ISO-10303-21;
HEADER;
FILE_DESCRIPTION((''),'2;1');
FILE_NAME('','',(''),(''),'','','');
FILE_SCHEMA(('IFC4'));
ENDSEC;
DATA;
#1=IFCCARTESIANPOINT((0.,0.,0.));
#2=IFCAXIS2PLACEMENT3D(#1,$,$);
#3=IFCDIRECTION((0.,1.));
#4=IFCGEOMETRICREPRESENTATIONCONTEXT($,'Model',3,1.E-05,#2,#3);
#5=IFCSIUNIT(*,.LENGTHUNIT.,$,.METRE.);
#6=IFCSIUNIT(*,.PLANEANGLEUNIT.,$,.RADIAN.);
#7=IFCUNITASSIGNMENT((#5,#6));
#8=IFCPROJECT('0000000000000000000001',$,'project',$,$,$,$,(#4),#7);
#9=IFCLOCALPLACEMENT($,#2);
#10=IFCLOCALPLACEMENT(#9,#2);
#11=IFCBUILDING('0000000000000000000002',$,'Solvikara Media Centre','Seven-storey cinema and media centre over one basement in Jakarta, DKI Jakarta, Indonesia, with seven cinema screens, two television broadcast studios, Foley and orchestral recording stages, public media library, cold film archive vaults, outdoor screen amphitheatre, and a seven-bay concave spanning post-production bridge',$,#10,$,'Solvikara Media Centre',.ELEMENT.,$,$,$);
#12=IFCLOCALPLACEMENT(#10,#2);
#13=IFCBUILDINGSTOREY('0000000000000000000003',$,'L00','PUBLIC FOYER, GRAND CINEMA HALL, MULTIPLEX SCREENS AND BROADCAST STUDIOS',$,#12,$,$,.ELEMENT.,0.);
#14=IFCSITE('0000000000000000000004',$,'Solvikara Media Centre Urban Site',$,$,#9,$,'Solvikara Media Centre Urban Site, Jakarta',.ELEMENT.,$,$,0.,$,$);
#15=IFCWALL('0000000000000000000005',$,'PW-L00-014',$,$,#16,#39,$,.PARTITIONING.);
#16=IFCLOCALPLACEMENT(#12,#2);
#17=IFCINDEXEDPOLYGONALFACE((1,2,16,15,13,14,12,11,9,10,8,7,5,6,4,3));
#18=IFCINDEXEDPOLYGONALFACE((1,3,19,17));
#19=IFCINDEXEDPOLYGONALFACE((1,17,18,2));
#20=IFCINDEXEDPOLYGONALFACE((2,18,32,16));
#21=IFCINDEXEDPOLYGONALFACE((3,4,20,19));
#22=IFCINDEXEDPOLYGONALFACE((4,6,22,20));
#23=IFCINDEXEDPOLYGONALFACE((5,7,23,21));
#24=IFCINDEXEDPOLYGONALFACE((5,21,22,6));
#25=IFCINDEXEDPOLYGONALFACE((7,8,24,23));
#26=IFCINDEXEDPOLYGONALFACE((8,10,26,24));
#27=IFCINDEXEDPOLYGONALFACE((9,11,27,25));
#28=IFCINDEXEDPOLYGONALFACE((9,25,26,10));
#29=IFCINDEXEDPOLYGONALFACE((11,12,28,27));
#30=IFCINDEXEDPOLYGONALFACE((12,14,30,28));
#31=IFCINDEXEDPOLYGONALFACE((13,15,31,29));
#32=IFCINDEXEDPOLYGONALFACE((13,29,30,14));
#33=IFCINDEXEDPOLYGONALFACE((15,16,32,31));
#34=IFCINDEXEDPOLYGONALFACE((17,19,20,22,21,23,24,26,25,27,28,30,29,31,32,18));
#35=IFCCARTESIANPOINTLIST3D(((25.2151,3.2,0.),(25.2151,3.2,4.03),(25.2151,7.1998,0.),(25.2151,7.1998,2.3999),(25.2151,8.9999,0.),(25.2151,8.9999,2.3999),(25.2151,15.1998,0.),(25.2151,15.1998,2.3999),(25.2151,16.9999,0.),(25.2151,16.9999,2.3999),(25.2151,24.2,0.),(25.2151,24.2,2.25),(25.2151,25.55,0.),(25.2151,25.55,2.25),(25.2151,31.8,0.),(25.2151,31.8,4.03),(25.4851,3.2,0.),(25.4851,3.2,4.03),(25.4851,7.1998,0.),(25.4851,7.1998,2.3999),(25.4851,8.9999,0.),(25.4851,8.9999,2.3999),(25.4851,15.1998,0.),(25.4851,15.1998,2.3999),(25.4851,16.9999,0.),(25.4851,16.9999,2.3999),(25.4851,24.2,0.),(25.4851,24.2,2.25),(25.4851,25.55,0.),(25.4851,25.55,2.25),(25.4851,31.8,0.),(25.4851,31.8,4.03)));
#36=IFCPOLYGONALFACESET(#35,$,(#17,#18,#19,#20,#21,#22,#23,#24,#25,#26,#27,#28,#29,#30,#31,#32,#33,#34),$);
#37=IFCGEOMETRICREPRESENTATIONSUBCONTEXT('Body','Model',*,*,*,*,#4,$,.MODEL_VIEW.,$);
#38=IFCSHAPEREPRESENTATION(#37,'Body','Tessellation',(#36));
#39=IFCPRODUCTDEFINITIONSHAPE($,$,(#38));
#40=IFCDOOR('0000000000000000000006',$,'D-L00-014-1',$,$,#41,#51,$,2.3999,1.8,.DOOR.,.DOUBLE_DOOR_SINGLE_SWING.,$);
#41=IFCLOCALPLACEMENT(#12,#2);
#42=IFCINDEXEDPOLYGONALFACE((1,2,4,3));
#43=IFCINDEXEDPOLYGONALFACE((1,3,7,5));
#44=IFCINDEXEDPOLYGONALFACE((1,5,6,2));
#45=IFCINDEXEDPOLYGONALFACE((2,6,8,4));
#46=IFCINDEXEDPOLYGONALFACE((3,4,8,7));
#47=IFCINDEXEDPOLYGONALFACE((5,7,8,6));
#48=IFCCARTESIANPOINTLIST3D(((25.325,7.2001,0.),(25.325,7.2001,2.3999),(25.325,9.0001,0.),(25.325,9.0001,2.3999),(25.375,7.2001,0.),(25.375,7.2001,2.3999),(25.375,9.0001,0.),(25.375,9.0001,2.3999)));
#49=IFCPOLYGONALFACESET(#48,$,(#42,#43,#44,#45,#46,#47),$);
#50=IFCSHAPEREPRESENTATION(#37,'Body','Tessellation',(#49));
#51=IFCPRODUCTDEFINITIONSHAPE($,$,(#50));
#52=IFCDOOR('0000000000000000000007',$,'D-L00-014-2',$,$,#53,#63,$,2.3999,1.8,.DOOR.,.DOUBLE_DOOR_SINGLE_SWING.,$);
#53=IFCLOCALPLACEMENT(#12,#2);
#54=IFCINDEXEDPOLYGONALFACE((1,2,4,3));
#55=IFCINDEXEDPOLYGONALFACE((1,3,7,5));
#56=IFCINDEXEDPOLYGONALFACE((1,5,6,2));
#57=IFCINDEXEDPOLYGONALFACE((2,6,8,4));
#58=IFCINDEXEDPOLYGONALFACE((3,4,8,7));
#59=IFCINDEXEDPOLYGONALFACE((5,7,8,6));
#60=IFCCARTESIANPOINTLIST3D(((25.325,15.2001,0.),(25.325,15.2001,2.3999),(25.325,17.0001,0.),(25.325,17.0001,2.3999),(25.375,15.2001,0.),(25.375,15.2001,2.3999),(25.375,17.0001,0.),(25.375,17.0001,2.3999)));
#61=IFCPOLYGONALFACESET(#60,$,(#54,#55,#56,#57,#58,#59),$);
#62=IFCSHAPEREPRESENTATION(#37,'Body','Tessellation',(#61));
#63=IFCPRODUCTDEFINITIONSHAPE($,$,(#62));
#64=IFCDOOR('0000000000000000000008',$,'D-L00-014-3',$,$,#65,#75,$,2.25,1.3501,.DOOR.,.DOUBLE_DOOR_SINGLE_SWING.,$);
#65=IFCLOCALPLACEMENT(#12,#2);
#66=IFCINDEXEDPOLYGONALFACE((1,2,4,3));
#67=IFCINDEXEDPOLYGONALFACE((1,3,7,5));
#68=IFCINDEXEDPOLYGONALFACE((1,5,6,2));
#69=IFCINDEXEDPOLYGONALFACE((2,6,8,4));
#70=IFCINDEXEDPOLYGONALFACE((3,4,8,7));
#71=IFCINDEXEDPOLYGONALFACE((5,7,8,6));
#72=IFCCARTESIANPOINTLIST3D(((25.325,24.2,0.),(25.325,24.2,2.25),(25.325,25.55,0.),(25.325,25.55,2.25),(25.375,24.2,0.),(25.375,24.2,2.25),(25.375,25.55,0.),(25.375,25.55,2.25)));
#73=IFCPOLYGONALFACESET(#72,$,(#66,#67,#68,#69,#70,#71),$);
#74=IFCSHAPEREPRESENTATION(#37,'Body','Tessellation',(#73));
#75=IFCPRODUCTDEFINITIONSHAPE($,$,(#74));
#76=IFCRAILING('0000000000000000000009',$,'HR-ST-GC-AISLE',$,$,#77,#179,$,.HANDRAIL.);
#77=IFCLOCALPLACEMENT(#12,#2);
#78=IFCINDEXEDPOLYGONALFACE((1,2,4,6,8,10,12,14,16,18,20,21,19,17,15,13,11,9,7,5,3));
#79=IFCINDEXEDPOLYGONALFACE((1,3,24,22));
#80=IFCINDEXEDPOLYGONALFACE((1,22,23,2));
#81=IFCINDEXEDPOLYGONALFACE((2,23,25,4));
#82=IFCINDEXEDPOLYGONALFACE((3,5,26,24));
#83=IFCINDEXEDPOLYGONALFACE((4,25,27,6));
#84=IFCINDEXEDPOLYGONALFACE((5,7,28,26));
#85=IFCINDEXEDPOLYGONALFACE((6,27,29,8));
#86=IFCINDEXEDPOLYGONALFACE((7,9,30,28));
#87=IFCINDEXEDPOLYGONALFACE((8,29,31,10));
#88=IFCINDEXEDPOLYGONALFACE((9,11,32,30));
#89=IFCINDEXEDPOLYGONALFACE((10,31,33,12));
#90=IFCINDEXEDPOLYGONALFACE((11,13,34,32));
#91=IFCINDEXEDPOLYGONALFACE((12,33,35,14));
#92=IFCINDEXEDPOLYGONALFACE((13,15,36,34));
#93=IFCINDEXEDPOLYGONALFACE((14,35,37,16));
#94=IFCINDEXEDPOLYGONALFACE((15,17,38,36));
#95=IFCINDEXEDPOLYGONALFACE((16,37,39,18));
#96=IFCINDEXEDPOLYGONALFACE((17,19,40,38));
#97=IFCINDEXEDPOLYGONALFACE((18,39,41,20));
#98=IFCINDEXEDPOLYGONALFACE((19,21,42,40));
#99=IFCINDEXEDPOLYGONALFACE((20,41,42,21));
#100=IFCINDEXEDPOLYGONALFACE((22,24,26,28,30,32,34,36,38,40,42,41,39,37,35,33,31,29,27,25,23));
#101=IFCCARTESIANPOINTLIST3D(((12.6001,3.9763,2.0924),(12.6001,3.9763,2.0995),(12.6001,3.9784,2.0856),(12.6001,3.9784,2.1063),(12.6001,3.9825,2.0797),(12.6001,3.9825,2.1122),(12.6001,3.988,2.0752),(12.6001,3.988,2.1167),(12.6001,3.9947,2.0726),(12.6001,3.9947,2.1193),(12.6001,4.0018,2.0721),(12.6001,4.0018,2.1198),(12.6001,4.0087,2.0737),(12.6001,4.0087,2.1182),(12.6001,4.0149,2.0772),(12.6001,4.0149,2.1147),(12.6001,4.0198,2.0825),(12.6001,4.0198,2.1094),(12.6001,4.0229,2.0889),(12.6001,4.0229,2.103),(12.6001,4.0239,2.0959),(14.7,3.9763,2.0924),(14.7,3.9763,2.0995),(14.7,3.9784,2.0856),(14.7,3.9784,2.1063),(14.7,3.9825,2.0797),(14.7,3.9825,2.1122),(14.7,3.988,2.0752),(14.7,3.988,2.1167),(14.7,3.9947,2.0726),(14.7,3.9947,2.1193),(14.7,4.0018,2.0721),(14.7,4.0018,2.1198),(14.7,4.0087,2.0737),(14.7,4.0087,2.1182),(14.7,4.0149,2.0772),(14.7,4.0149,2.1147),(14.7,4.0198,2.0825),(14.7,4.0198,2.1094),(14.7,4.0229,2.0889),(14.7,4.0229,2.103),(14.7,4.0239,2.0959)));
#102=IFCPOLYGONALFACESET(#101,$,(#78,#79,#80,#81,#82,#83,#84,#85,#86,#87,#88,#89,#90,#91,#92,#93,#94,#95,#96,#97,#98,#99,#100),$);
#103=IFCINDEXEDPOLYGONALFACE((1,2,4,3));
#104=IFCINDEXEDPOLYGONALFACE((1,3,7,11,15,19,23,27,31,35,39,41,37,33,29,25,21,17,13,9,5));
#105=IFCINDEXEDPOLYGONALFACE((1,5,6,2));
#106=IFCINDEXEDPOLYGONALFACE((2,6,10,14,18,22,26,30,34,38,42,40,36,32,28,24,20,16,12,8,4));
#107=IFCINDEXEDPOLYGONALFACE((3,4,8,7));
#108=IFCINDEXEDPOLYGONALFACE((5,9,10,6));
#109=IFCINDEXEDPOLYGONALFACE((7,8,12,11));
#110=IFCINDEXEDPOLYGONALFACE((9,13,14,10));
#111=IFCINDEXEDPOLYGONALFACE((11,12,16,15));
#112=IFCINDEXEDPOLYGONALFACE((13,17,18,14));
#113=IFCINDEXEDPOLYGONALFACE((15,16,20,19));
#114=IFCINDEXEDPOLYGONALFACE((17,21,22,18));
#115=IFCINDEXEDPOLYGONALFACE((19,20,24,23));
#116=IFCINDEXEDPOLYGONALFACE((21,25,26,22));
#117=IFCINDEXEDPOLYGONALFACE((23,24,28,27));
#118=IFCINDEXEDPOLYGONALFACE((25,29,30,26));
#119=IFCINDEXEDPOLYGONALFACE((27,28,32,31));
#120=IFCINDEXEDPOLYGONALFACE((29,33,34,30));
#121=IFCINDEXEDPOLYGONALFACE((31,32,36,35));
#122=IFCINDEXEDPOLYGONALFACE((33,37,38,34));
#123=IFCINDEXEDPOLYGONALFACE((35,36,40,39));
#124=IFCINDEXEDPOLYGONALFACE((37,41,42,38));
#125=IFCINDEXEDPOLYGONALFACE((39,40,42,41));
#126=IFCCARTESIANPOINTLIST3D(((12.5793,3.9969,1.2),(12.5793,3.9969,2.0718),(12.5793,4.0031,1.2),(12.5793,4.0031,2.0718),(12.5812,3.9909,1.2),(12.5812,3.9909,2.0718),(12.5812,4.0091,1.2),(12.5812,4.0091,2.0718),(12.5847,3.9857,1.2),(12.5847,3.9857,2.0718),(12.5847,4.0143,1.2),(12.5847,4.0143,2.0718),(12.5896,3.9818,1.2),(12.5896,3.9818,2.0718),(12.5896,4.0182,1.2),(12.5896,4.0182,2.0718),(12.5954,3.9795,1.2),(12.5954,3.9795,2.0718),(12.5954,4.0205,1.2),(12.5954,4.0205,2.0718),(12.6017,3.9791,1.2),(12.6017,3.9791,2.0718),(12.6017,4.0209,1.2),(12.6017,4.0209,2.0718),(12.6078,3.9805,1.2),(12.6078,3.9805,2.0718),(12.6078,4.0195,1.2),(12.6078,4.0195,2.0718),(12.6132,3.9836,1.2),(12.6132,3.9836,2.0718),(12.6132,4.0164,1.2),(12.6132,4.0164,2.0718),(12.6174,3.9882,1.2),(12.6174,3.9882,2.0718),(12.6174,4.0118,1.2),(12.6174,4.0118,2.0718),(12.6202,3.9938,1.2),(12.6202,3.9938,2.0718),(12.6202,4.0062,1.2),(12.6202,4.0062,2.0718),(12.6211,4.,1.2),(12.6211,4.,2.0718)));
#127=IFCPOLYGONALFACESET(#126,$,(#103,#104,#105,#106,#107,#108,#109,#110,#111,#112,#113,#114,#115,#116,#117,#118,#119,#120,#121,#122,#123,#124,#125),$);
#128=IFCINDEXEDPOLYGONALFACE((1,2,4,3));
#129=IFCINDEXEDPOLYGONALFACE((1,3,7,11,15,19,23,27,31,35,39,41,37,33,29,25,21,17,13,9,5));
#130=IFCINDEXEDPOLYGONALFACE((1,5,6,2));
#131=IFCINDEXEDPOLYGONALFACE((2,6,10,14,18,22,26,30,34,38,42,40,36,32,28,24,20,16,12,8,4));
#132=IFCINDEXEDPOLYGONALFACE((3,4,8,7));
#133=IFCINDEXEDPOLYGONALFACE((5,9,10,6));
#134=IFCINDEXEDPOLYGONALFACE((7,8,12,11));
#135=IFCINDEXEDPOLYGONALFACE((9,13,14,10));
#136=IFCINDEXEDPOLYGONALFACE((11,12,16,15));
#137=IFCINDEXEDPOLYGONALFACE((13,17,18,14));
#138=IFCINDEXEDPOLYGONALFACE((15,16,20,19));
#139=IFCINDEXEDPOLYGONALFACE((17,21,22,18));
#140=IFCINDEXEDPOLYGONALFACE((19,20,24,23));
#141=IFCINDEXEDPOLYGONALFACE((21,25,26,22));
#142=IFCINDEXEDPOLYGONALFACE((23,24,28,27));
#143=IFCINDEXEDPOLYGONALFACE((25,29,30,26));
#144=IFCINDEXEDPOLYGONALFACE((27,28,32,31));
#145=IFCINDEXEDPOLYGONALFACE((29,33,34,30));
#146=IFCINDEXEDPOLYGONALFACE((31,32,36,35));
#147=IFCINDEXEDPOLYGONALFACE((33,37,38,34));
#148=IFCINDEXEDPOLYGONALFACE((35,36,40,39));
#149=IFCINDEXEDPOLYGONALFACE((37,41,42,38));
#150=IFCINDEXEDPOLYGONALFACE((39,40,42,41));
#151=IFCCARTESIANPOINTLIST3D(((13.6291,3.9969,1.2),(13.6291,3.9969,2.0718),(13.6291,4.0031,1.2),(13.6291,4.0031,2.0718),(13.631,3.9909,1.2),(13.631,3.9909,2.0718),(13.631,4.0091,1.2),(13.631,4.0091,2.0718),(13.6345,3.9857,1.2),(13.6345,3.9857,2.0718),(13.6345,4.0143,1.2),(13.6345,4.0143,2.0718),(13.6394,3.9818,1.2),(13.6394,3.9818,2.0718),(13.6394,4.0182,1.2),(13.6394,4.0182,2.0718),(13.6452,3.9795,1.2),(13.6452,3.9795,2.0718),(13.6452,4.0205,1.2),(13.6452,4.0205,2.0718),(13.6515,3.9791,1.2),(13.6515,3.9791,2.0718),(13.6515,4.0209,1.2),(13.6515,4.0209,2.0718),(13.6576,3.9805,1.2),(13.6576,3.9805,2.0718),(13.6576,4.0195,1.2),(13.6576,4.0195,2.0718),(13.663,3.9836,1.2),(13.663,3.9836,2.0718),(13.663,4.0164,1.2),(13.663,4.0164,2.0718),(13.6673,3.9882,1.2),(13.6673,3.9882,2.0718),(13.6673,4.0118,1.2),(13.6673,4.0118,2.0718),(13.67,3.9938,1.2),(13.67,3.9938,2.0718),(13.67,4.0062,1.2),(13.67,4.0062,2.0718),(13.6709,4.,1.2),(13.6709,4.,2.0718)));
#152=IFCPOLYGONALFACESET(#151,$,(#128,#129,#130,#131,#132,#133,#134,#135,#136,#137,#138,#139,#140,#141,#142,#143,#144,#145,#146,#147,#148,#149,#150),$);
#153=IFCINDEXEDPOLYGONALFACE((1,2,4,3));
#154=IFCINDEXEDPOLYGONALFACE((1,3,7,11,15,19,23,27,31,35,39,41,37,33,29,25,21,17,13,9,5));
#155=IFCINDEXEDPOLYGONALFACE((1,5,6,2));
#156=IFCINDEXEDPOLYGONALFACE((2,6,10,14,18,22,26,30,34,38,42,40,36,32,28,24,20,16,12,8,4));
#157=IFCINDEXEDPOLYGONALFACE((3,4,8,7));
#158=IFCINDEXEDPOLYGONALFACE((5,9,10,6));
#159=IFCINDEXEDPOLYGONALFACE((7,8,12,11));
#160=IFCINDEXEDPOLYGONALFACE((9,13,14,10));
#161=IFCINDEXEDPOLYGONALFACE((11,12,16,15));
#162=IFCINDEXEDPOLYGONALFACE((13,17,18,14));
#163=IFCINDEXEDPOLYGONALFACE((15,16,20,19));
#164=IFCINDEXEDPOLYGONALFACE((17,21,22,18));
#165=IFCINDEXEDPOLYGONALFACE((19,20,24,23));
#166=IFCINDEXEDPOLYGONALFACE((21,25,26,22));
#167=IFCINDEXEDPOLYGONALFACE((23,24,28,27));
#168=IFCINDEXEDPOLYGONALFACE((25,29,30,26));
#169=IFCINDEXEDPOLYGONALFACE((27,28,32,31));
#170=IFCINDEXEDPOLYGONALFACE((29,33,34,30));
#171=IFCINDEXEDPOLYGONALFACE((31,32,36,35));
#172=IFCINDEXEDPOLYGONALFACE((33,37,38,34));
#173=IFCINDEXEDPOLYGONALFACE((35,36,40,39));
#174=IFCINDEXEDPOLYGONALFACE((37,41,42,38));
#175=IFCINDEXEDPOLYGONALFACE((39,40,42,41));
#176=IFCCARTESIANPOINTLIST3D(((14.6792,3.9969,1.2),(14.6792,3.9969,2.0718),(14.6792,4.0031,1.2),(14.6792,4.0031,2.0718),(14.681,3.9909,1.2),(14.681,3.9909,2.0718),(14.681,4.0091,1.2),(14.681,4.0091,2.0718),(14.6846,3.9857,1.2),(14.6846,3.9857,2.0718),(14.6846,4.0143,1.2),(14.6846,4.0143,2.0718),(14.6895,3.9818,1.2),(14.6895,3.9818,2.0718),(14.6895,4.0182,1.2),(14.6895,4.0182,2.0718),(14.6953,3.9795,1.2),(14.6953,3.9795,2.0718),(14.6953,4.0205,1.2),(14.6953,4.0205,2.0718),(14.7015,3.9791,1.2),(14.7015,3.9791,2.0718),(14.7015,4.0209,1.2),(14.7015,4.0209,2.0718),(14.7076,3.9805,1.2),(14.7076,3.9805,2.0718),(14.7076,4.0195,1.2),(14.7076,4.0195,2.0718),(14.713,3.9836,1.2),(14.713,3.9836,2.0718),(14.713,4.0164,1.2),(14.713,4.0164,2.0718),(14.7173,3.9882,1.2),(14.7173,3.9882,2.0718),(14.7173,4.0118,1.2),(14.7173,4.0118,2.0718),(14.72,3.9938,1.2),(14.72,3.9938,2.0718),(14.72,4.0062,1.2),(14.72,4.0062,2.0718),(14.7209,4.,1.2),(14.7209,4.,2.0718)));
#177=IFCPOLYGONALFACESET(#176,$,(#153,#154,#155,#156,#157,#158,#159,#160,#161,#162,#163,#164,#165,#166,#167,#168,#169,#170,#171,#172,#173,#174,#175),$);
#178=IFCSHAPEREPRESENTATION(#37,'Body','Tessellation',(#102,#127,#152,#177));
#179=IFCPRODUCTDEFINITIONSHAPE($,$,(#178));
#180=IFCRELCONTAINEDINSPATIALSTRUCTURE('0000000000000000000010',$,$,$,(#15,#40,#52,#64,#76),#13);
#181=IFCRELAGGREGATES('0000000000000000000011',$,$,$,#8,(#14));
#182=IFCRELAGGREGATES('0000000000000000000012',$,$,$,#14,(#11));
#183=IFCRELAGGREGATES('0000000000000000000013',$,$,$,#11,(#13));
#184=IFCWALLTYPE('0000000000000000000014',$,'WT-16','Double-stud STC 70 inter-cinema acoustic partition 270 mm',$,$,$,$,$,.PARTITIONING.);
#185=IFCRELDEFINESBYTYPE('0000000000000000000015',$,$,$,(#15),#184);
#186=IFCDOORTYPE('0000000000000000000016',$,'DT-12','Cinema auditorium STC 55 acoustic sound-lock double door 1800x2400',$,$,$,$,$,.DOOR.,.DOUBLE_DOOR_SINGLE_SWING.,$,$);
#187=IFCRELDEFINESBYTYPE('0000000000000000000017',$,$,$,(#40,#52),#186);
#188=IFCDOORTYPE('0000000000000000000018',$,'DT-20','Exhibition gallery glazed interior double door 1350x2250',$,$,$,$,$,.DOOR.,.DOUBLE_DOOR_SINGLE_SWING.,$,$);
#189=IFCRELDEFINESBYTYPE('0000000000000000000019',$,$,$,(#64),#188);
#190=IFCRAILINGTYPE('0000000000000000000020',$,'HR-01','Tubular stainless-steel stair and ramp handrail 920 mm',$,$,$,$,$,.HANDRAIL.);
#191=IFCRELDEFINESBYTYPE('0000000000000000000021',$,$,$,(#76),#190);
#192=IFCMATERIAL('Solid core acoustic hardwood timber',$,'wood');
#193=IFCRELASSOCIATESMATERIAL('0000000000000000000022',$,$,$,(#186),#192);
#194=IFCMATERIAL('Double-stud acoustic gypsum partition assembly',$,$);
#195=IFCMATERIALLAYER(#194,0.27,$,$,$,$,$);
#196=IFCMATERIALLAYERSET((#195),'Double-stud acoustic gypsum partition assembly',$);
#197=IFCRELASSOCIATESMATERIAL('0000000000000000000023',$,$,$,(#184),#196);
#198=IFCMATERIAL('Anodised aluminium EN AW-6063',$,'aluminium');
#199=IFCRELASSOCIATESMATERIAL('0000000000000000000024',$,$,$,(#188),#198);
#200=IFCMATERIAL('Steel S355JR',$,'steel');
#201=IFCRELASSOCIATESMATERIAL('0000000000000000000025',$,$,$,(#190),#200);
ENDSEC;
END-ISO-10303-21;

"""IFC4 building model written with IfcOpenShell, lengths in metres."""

from ifc_helpers import new_model, si_unit, direction, frame, frame_2d, origin, origin_2d, place, context, subcontext, project, spatial, rectangle, circle, extrude, material, layer, layer_set, type_object, element, fill, save


model = new_model("IFC4")

# Units and contexts
model_context = context("Model", 3, precision=1e-05, world=origin(), true_north=direction((0.0, 1.0)))
body_context = subcontext(model_context, "Body", "Model", "MODEL_VIEW")
ifc_project = project(units=[si_unit("LENGTHUNIT", "METRE"), si_unit("PLANEANGLEUNIT", "RADIAN")], contexts=[model_context])

# Site, building, storey
site_placement = place(None, origin())
site = spatial("IfcSite", under=ifc_project, at=site_placement, Name="Solvikara Media Centre Urban Site", LongName="Solvikara Media Centre Urban Site, Jakarta", CompositionType="ELEMENT", RefElevation=0.0)
building_placement = place(site_placement, origin())
building = spatial("IfcBuilding", under=site, at=building_placement, Name="Solvikara Media Centre", Description="Seven-storey cinema and media centre over one basement in Jakarta, DKI Jakarta, Indonesia, with seven cinema screens, two television broadcast studios, Foley and orchestral recording stages, public media library, cold film archive vaults, outdoor screen amphitheatre, and a seven-bay concave spanning post-production bridge", LongName="Solvikara Media Centre", CompositionType="ELEMENT")
storey_placement = place(building_placement, origin())
storey = spatial("IfcBuildingStorey", under=building, at=storey_placement, Name="L00", Description="PUBLIC FOYER, GRAND CINEMA HALL, MULTIPLEX SCREENS AND BROADCAST STUDIOS", CompositionType="ELEMENT", Elevation=0.0)

# Shared definitions
ifc_material_1 = material(Name="Steel S355JR", Category="steel")

# Shared definitions
ifc_material_2 = material(Name="Solid core acoustic hardwood timber", Category="wood")
door_type_1 = type_object("IfcDoorType", Name="DT-12", Description="Cinema auditorium STC 55 acoustic sound-lock double door 1800x2400", OperationType="DOUBLE_DOOR_SINGLE_SWING", PredefinedType="DOOR", material=ifc_material_2)

# Wall, openings, doors
ifc_material_3 = material(Name="Double-stud acoustic gypsum partition assembly")
ifc_layer_1 = layer(ifc_material_3, 0.27)
ifc_layer_set_1 = layer_set([ifc_layer_1], Name="Double-stud acoustic gypsum partition assembly")
wall_type_1 = type_object("IfcWallType", Name="WT-16", Description="Double-stud STC 70 inter-cinema acoustic partition 270 mm", PredefinedType="PARTITIONING", material=ifc_layer_set_1)
wall_1_placement = place(storey_placement, frame((25.3501, 3.2, 0.0), z_axis=(0.0, 0.0, 1.0), x_axis=(0.0, 1.0, 0.0)))
wall_1 = element("IfcWall", 1, at=wall_1_placement, inside=storey, type_object=wall_type_1, Name="PW-L00-014", PredefinedType="PARTITIONING", context=body_context, shape_type="SweptSolid", body=[
    extrude(rectangle(XDim=28.6001, YDim=0.27, at=frame_2d((14.3, 0.0))), origin(), (0.0, 0.0, 1.0), 4.03),
])
opening_1_placement = place(wall_1_placement, frame((4.0, 0.0, 0.0)))
opening_1 = element("IfcOpeningElement", 2, at=opening_1_placement, cuts=wall_1, PredefinedType="OPENING", context=body_context, shape_type="SweptSolid", body=[
    extrude(rectangle(XDim=1.8, YDim=2.3999, at=frame_2d((0.8999, 1.2))), frame((0.0, 0.147, 0.0), z_axis=(0.0, -1.0, 0.0), x_axis=(1.0, 0.0, 0.0)), (0.0, 0.0, 1.0), 0.2939),
])
opening_2_placement = place(wall_1_placement, frame((12.0, 0.0, 0.0)))
opening_2 = element("IfcOpeningElement", 3, at=opening_2_placement, cuts=wall_1, PredefinedType="OPENING", context=body_context, shape_type="SweptSolid", body=[
    extrude(rectangle(XDim=1.8, YDim=2.3999, at=frame_2d((0.8999, 1.2))), frame((0.0, 0.147, 0.0), z_axis=(0.0, -1.0, 0.0), x_axis=(1.0, 0.0, 0.0)), (0.0, 0.0, 1.0), 0.2939),
])
opening_3_placement = place(wall_1_placement, frame((21.0, 0.0, 0.0)))
opening_3 = element("IfcOpeningElement", 4, at=opening_3_placement, cuts=wall_1, PredefinedType="OPENING", context=body_context, shape_type="SweptSolid", body=[
    extrude(rectangle(XDim=1.3501, YDim=2.25, at=frame_2d((0.675, 1.125))), frame((0.0, 0.147, 0.0), z_axis=(0.0, -1.0, 0.0), x_axis=(1.0, 0.0, 0.0)), (0.0, 0.0, 1.0), 0.2939),
])
door_1_placement = place(opening_1_placement, frame((1.8, 0.0, 0.0), z_axis=(0.0, 0.0, 1.0), x_axis=(-1.0, 0.0, 0.0)))
door_1 = element("IfcDoor", 5, at=door_1_placement, inside=storey, type_object=door_type_1, Name="D-L00-014-1", OperationType="DOUBLE_DOOR_SINGLE_SWING", OverallHeight=2.3999, OverallWidth=1.8, PredefinedType="DOOR", context=body_context, shape_type="SweptSolid", body=[
    extrude(rectangle(XDim=1.8, YDim=2.3999, at=frame_2d((0.8999, 1.2))), frame((0.0, 0.0249, 0.0), z_axis=(0.0, -1.0, 0.0), x_axis=(1.0, 0.0, 0.0)), (0.0, 0.0, 1.0), 0.05),
])
fill(opening_1, door_1)
door_2_placement = place(opening_2_placement, frame((1.8, 0.0, 0.0), z_axis=(0.0, 0.0, 1.0), x_axis=(-1.0, 0.0, 0.0)))
door_2 = element("IfcDoor", 6, at=door_2_placement, inside=storey, type_object=door_type_1, Name="D-L00-014-2", OperationType="DOUBLE_DOOR_SINGLE_SWING", OverallHeight=2.3999, OverallWidth=1.8, PredefinedType="DOOR", context=body_context, shape_type="SweptSolid", body=[
    extrude(rectangle(XDim=1.8, YDim=2.3999, at=frame_2d((0.8999, 1.2))), frame((0.0, 0.0249, 0.0), z_axis=(0.0, -1.0, 0.0), x_axis=(1.0, 0.0, 0.0)), (0.0, 0.0, 1.0), 0.05),
])
fill(opening_2, door_2)
ifc_material_4 = material(Name="Anodised aluminium EN AW-6063", Category="aluminium")
door_type_2 = type_object("IfcDoorType", Name="DT-20", Description="Exhibition gallery glazed interior double door 1350x2250", OperationType="DOUBLE_DOOR_SINGLE_SWING", PredefinedType="DOOR", material=ifc_material_4)
door_3_placement = place(opening_3_placement, frame((1.3501, 0.0, 0.0), z_axis=(0.0, 0.0, 1.0), x_axis=(-1.0, 0.0, 0.0)))
door_3 = element("IfcDoor", 7, at=door_3_placement, inside=storey, type_object=door_type_2, Name="D-L00-014-3", OperationType="DOUBLE_DOOR_SINGLE_SWING", OverallHeight=2.25, OverallWidth=1.3501, PredefinedType="DOOR", context=body_context, shape_type="SweptSolid", body=[
    extrude(rectangle(XDim=1.3501, YDim=2.25, at=frame_2d((0.675, 1.125))), frame((0.0, 0.0249, 0.0), z_axis=(0.0, -1.0, 0.0), x_axis=(1.0, 0.0, 0.0)), (0.0, 0.0, 1.0), 0.05),
])
fill(opening_3, door_3)

# Railing
railing_type = type_object("IfcRailingType", Name="HR-01", Description="Tubular stainless-steel stair and ramp handrail 920 mm", PredefinedType="HANDRAIL", material=ifc_material_1)
railing_placement = place(storey_placement, frame((12.6001, 4.0, 1.2)))
element("IfcRailing", 8, at=railing_placement, inside=storey, type_object=railing_type, Name="HR-ST-GC-AISLE", PredefinedType="HANDRAIL", context=body_context, shape_type="SweptSolid", body=[
    extrude(circle(Radius=0.0239, at=origin_2d()), frame((0.0, 0.0, 0.896), z_axis=(1.0, 0.0, 0.0), x_axis=(0.0, 1.0, 0.0)), (0.0, 0.0, 1.0), 2.0999),
    extrude(circle(Radius=0.021, at=origin_2d()), origin(), (0.0, 0.0, 1.0), 0.8718),
    extrude(circle(Radius=0.021, at=origin_2d()), frame((1.0498, 0.0, 0.0)), (0.0, 0.0, 1.0), 0.8718),
    extrude(circle(Radius=0.021, at=origin_2d()), frame((2.0999, 0.0, 0.0)), (0.0, 0.0, 1.0), 0.8718),
])

save(model, "model.ifc")
